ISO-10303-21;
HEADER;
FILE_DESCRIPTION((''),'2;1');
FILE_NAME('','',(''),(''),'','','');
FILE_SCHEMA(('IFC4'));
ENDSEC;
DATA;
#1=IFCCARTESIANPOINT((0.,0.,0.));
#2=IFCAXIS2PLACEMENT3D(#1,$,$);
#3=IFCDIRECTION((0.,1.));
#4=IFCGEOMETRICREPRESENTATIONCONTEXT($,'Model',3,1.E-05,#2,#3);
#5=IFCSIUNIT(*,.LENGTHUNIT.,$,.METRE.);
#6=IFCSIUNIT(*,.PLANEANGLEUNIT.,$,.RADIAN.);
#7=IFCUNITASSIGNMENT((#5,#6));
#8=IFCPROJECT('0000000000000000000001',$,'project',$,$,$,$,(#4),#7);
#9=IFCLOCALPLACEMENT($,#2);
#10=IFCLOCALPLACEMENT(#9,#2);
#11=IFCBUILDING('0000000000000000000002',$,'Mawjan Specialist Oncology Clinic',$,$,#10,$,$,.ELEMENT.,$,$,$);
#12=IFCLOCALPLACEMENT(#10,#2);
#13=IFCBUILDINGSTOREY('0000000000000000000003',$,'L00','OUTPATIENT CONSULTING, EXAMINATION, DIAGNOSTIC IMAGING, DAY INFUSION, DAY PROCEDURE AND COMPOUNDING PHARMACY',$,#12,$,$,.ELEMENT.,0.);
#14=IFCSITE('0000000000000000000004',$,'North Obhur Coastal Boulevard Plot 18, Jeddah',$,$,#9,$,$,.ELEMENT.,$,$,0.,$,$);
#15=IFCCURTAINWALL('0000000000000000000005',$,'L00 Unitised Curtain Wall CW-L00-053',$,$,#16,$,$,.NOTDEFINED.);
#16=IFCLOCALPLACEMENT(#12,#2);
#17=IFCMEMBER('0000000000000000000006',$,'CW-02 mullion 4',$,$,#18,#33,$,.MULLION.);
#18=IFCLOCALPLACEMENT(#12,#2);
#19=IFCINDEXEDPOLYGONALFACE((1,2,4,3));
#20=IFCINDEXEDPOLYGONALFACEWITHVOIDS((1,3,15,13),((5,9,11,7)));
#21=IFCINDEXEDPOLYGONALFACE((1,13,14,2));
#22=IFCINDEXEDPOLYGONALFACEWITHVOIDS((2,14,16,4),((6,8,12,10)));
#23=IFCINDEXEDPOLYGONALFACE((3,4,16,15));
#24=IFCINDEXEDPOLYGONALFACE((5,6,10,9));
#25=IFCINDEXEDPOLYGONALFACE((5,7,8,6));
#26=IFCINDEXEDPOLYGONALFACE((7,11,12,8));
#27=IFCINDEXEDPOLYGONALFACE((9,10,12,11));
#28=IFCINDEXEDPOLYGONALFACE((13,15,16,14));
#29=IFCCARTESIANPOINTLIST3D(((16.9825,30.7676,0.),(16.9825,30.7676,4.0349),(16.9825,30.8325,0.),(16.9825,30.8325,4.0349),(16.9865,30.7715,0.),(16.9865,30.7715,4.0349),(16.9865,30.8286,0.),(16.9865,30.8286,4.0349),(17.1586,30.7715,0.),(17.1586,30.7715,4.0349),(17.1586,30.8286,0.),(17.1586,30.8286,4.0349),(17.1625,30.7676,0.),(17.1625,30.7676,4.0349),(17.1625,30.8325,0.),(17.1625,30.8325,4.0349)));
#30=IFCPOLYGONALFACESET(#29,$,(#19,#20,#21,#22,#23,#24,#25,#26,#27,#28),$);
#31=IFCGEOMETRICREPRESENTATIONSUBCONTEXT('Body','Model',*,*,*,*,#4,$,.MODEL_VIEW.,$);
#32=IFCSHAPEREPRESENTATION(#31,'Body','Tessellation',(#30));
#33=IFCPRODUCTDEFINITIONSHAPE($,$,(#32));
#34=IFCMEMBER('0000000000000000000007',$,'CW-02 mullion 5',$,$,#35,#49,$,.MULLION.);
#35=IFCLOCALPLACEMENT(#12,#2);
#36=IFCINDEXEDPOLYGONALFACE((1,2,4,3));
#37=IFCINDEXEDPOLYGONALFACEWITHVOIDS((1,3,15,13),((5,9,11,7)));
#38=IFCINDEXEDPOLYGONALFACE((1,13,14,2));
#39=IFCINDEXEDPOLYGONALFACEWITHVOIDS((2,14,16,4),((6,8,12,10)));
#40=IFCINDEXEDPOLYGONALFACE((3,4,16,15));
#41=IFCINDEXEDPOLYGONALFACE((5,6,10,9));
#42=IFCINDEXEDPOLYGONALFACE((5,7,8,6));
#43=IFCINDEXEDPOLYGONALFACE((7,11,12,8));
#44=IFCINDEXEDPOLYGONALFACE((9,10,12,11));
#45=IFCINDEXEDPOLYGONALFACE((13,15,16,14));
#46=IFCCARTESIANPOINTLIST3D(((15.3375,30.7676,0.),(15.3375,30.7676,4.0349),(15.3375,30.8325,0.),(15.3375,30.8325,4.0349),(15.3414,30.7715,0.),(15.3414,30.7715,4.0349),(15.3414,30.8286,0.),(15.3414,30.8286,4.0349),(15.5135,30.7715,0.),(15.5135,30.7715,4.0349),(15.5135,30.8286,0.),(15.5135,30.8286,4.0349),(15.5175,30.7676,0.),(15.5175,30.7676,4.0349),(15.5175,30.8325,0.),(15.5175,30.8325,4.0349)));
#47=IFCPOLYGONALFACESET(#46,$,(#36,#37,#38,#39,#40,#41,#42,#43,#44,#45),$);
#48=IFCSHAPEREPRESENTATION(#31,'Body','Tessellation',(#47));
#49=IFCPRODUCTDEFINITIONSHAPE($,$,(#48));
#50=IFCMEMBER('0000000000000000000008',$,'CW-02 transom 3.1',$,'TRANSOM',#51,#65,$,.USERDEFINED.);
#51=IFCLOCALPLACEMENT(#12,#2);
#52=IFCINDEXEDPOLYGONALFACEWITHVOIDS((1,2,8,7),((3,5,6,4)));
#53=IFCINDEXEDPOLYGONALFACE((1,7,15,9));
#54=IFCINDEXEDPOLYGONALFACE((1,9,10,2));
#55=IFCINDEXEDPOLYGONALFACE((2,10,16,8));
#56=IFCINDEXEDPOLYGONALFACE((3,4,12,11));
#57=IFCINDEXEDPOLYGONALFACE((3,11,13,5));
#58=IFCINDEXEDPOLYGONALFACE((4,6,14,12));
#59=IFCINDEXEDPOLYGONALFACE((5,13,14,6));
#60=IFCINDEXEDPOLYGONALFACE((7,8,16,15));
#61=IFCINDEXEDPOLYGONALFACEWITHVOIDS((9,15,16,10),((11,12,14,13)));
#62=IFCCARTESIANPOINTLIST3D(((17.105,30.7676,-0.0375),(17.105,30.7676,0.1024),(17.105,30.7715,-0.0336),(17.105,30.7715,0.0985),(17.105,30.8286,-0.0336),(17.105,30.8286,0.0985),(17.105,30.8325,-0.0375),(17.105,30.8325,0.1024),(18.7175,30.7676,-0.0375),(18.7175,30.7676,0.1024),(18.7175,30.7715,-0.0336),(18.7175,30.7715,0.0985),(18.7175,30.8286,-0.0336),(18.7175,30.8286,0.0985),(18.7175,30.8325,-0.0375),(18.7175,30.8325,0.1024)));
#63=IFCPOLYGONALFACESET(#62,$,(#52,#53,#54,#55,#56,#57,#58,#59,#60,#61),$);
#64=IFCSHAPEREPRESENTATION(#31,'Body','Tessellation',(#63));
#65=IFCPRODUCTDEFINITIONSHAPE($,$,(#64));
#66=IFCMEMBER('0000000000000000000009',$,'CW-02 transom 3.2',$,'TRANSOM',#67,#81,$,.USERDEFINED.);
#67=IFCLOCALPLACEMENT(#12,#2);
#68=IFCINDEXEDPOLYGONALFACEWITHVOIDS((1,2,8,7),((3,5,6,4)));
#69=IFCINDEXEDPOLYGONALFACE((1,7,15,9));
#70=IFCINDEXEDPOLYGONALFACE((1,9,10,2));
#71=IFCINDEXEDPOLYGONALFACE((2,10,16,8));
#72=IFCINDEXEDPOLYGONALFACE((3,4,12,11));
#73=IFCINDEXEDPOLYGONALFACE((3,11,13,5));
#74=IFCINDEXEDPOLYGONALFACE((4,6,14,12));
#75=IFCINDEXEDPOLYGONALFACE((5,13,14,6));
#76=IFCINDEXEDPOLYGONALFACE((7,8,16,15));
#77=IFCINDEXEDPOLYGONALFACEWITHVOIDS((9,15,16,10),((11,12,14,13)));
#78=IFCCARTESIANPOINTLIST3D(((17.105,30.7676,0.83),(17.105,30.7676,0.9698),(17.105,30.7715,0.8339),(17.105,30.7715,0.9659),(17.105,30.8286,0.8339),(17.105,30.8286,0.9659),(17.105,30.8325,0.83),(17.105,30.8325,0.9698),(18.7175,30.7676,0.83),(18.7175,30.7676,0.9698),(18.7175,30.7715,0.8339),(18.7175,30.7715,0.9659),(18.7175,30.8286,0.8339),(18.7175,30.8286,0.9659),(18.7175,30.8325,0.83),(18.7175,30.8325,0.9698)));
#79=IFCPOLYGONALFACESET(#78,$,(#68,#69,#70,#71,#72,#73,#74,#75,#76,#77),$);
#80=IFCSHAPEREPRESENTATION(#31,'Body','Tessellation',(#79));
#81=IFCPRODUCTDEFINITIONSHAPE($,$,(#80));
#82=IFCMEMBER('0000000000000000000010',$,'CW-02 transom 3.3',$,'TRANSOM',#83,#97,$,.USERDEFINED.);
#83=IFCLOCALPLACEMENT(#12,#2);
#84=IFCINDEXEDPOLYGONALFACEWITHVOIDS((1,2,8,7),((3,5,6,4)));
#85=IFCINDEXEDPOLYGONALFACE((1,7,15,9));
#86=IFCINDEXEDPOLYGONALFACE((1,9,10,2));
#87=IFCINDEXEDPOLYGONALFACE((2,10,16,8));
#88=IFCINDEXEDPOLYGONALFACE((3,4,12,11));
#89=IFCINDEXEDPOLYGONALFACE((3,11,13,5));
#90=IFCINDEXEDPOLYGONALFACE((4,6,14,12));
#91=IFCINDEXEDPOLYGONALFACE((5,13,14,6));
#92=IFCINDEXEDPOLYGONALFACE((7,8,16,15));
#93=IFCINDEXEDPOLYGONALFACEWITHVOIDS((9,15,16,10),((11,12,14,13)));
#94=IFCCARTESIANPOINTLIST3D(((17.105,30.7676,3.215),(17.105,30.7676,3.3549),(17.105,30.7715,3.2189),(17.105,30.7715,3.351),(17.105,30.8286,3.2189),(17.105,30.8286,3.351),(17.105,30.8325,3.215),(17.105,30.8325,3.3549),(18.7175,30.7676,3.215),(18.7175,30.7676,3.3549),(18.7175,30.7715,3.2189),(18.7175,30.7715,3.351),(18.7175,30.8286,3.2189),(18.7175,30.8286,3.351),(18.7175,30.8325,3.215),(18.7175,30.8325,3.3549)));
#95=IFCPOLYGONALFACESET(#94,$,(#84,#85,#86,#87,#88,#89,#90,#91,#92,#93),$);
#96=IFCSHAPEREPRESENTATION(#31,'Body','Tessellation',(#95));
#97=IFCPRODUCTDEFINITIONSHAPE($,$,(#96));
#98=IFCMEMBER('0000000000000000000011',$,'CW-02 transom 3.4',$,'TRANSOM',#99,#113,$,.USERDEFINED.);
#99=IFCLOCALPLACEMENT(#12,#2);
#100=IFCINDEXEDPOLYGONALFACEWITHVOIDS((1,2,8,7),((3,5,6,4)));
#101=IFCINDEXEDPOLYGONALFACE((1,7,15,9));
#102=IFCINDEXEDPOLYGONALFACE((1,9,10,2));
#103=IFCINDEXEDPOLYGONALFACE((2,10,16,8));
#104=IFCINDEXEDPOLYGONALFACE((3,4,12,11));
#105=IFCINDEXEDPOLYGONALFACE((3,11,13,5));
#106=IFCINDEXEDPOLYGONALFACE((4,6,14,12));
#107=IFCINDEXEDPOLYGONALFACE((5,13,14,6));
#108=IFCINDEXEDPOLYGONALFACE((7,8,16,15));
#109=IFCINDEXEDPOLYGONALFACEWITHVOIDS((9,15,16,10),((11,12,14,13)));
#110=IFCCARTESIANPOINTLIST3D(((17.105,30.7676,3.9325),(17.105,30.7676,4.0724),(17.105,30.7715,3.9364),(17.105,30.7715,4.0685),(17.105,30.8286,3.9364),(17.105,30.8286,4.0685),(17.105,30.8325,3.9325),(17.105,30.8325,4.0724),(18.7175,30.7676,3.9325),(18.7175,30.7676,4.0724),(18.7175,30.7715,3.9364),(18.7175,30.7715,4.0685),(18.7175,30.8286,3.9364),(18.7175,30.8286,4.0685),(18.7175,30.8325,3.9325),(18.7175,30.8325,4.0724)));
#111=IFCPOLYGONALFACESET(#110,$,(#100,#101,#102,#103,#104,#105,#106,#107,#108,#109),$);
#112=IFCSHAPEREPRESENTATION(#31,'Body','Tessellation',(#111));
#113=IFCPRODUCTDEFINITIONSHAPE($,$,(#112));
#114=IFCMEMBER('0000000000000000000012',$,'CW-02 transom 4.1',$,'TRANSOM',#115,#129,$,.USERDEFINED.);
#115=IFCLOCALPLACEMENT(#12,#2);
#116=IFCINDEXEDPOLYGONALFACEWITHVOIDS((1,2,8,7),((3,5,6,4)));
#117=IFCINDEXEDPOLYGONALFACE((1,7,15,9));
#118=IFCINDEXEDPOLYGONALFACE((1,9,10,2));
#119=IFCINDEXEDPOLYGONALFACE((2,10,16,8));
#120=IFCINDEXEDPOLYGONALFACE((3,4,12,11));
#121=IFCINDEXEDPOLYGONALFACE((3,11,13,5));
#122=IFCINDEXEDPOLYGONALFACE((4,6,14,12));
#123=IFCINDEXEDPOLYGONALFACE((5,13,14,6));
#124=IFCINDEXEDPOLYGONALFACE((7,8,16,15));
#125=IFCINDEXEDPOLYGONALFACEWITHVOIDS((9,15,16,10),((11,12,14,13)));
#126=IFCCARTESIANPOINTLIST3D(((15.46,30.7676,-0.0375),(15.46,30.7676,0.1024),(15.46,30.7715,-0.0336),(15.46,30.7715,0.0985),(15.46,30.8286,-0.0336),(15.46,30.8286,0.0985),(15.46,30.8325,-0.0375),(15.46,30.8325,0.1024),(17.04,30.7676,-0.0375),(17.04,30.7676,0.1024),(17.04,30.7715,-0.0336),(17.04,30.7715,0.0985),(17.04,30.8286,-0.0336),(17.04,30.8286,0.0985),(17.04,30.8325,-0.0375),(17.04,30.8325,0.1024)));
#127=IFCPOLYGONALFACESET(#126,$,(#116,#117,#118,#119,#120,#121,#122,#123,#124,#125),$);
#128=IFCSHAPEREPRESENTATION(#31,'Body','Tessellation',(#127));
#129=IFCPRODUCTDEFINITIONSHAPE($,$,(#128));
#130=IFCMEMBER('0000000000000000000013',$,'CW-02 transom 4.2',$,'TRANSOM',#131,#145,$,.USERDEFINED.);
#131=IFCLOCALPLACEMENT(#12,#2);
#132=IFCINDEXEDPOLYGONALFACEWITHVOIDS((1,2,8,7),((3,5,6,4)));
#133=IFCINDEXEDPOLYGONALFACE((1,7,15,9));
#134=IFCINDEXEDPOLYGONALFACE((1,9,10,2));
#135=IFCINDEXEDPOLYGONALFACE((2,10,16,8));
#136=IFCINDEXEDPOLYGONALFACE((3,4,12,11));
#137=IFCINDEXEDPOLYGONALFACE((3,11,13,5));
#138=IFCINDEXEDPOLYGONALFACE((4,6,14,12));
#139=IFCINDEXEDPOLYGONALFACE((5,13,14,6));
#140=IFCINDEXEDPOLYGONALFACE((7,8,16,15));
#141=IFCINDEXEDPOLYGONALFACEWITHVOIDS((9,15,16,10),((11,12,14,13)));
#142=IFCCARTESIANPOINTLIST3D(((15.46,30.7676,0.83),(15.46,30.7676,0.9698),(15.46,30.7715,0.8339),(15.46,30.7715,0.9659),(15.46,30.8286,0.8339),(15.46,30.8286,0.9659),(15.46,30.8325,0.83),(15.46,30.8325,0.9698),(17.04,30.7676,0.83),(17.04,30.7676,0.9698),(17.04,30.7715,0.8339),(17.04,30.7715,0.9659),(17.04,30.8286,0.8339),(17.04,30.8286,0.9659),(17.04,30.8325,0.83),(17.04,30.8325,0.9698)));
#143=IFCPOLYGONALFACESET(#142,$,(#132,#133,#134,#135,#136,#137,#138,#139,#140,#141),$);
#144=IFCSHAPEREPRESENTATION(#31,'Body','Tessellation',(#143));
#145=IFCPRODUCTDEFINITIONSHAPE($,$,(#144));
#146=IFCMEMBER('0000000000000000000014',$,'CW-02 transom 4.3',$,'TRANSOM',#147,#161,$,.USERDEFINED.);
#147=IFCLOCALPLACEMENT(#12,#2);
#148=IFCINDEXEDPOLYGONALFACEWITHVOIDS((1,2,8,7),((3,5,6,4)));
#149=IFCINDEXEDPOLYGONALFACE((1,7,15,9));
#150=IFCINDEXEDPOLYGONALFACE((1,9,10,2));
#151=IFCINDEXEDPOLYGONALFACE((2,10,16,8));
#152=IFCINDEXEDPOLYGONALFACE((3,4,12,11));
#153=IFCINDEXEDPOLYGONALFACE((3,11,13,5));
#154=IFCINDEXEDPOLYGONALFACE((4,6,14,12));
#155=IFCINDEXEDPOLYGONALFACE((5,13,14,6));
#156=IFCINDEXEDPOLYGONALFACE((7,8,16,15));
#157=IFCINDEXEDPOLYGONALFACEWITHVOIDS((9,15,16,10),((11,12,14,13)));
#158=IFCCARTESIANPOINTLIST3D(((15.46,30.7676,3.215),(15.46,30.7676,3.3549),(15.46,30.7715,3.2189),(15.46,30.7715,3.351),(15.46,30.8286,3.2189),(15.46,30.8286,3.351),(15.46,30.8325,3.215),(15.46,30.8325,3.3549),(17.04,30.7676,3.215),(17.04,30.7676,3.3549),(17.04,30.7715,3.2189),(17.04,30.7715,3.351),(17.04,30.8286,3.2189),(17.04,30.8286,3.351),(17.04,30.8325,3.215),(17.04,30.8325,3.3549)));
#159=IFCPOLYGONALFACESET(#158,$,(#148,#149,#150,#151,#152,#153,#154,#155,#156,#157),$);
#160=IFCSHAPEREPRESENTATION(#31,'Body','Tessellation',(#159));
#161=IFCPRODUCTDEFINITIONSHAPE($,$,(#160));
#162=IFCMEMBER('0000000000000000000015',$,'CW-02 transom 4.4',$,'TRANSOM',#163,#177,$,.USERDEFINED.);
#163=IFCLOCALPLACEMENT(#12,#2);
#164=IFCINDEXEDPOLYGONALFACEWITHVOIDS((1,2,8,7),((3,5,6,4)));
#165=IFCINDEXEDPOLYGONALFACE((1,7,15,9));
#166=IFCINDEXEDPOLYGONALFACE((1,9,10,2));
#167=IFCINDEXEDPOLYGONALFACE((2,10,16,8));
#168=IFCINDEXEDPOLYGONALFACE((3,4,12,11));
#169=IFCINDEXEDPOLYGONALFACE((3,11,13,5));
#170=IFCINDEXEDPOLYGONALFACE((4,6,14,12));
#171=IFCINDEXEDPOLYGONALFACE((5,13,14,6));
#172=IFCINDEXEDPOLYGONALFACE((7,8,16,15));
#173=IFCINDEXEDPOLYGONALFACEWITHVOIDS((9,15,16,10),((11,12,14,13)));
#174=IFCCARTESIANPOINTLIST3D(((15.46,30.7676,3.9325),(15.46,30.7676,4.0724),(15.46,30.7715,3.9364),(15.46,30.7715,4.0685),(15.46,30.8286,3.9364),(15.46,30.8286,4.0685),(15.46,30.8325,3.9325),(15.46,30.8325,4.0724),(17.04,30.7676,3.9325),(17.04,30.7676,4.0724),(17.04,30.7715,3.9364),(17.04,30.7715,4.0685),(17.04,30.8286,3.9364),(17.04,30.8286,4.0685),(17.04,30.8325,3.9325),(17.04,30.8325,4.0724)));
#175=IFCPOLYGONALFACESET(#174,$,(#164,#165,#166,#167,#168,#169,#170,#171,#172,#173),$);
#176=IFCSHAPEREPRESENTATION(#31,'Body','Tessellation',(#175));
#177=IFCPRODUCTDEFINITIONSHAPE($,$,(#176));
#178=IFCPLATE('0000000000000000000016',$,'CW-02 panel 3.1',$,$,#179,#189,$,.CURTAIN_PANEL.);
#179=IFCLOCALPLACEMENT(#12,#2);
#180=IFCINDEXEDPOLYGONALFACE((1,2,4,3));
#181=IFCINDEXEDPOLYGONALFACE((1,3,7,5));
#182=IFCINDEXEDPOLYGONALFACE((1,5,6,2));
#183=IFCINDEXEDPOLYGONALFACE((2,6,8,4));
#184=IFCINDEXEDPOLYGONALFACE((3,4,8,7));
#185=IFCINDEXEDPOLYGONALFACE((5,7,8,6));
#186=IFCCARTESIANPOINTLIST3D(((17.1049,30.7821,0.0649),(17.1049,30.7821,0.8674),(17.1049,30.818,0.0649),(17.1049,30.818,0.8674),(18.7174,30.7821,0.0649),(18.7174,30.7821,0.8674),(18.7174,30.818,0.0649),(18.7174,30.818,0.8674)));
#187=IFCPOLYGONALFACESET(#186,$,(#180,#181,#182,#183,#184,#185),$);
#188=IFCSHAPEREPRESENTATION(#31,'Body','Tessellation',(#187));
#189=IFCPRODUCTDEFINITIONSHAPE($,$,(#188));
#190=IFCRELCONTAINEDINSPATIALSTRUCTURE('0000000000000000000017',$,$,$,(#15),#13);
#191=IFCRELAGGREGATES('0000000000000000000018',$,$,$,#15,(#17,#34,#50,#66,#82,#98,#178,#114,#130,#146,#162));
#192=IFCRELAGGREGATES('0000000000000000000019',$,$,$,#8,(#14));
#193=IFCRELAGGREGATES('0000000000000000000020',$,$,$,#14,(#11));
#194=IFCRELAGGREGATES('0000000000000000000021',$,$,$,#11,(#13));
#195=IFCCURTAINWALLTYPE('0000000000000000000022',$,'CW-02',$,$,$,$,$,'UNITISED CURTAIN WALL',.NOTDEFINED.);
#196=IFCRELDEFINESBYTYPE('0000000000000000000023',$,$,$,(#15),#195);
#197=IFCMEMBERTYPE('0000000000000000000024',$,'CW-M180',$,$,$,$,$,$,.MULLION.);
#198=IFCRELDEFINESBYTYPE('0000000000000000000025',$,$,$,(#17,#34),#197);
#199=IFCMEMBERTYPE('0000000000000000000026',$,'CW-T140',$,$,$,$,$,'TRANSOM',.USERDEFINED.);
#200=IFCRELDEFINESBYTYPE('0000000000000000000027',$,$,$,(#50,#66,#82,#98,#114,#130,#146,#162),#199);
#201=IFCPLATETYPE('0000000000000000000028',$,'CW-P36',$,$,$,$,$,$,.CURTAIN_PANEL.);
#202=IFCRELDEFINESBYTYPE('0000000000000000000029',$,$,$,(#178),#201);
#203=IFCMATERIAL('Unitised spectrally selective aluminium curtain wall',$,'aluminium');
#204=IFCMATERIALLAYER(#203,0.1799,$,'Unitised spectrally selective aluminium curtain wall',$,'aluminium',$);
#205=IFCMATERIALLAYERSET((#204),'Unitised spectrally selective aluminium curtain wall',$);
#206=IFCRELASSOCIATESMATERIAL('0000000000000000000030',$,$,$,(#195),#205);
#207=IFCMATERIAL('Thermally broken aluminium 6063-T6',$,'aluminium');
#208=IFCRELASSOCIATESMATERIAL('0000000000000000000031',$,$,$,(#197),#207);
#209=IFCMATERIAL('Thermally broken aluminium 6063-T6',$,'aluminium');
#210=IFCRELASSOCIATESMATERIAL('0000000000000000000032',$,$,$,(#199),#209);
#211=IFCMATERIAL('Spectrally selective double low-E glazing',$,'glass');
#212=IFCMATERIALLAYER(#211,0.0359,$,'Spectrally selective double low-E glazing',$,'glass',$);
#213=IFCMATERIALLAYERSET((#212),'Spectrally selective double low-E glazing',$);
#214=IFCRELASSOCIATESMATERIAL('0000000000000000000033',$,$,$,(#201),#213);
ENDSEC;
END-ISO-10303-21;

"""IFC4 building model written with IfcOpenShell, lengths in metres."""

from ifc_helpers import new_model, si_unit, direction, frame, origin, origin_2d, place, context, subcontext, project, spatial, rectangle, hollow_rectangle, extrude, material, layer, layer_set, material_profile, profile_set, type_object, element, aggregate, save


model = new_model("IFC4")

# Units and contexts
model_context = context("Model", 3, precision=1e-05, world=origin(), true_north=direction((0.0, 1.0)))
body_context = subcontext(model_context, "Body", "Model", "MODEL_VIEW")
ifc_project = project(units=[si_unit("LENGTHUNIT", "METRE"), si_unit("PLANEANGLEUNIT", "RADIAN")], contexts=[model_context])

# Site, building, storey
site_placement = place(None, origin())
site = spatial("IfcSite", under=ifc_project, at=site_placement, Name="North Obhur Coastal Boulevard Plot 18, Jeddah", CompositionType="ELEMENT", RefElevation=0.0)
building_placement = place(site_placement, origin())
building = spatial("IfcBuilding", under=site, at=building_placement, Name="Mawjan Specialist Oncology Clinic", CompositionType="ELEMENT")
storey_placement = place(building_placement, origin())
storey = spatial("IfcBuildingStorey", under=building, at=storey_placement, Name="L00", Description="OUTPATIENT CONSULTING, EXAMINATION, DIAGNOSTIC IMAGING, DAY INFUSION, DAY PROCEDURE AND COMPOUNDING PHARMACY", CompositionType="ELEMENT", Elevation=0.0)

# Curtain wall, members, plate
ifc_material_1 = material(Name="Unitised spectrally selective aluminium curtain wall", Category="aluminium")
ifc_layer_1 = layer(ifc_material_1, 0.1799, Name="Unitised spectrally selective aluminium curtain wall", Category="aluminium")
ifc_layer_set_1 = layer_set([ifc_layer_1], Name="Unitised spectrally selective aluminium curtain wall")
curtain_wall_type = type_object("IfcCurtainWallType", Name="CW-02", ElementType="UNITISED CURTAIN WALL", PredefinedType="NOTDEFINED", material=ifc_layer_set_1)
curtain_wall_placement = place(storey_placement, origin())
curtain_wall = element("IfcCurtainWall", 1, at=curtain_wall_placement, inside=storey, type_object=curtain_wall_type, Name="L00 Unitised Curtain Wall CW-L00-053", PredefinedType="NOTDEFINED")
ifc_material_2 = material(Name="Thermally broken aluminium 6063-T6", Category="aluminium")
ifc_material_profile_1 = material_profile(ifc_material_2, hollow_rectangle(XDim=0.0649, YDim=0.1799, WallThickness=0.0039, at=origin_2d()), Name="ALU MULLION 180x65x4", Category="aluminium")
ifc_profile_set_1 = profile_set([ifc_material_profile_1], Name="Thermally broken aluminium 6063-T6")
member_type_1 = type_object("IfcMemberType", Name="CW-M180", PredefinedType="MULLION", material=ifc_profile_set_1)
member_1_placement = place(storey_placement, frame((17.0725, 30.8, 0.0), z_axis=(0.0, 0.0, 1.0), x_axis=(0.0, -1.0, 0.0)))
member_1 = element("IfcMember", 2, at=member_1_placement, type_object=member_type_1, Name="CW-02 mullion 4", PredefinedType="MULLION", context=body_context, shape_type="SweptSolid", body=[
    extrude(hollow_rectangle(XDim=0.0649, YDim=0.1799, WallThickness=0.0039, at=origin_2d()), origin(), (0.0, 0.0, 1.0), 4.0349),
])
member_2_placement = place(storey_placement, frame((15.4275, 30.8, 0.0), z_axis=(0.0, 0.0, 1.0), x_axis=(0.0, -1.0, 0.0)))
member_2 = element("IfcMember", 3, at=member_2_placement, type_object=member_type_1, Name="CW-02 mullion 5", PredefinedType="MULLION", context=body_context, shape_type="SweptSolid", body=[
    extrude(hollow_rectangle(XDim=0.0649, YDim=0.1799, WallThickness=0.0039, at=origin_2d()), origin(), (0.0, 0.0, 1.0), 4.0349),
])
ifc_material_3 = material(Name="Thermally broken aluminium 6063-T6", Category="aluminium")
ifc_material_profile_2 = material_profile(ifc_material_3, hollow_rectangle(XDim=0.0649, YDim=0.1399, WallThickness=0.0039, at=origin_2d()), Name="ALU TRANSOM 140x65x4", Category="aluminium")
ifc_profile_set_2 = profile_set([ifc_material_profile_2], Name="Thermally broken aluminium 6063-T6")
member_type_2 = type_object("IfcMemberType", Name="CW-T140", ElementType="TRANSOM", PredefinedType="USERDEFINED", material=ifc_profile_set_2)
member_3_placement = place(storey_placement, frame((18.7175, 30.8, 0.0325), z_axis=(-1.0, 0.0, 0.0), x_axis=(0.0, -1.0, 0.0)))
member_3 = element("IfcMember", 4, at=member_3_placement, type_object=member_type_2, Name="CW-02 transom 3.1", ObjectType="TRANSOM", PredefinedType="USERDEFINED", context=body_context, shape_type="SweptSolid", body=[
    extrude(hollow_rectangle(XDim=0.0649, YDim=0.1399, WallThickness=0.0039, at=origin_2d()), origin(), (0.0, 0.0, 1.0), 1.6125),
])
member_4_placement = place(storey_placement, frame((18.7175, 30.8, 0.8999), z_axis=(-1.0, 0.0, 0.0), x_axis=(0.0, -1.0, 0.0)))
member_4 = element("IfcMember", 5, at=member_4_placement, type_object=member_type_2, Name="CW-02 transom 3.2", ObjectType="TRANSOM", PredefinedType="USERDEFINED", context=body_context, shape_type="SweptSolid", body=[
    extrude(hollow_rectangle(XDim=0.0649, YDim=0.1399, WallThickness=0.0039, at=origin_2d()), origin(), (0.0, 0.0, 1.0), 1.6125),
])
member_5_placement = place(storey_placement, frame((18.7175, 30.8, 3.2849), z_axis=(-1.0, 0.0, 0.0), x_axis=(0.0, -1.0, 0.0)))
member_5 = element("IfcMember", 6, at=member_5_placement, type_object=member_type_2, Name="CW-02 transom 3.3", ObjectType="TRANSOM", PredefinedType="USERDEFINED", context=body_context, shape_type="SweptSolid", body=[
    extrude(hollow_rectangle(XDim=0.0649, YDim=0.1399, WallThickness=0.0039, at=origin_2d()), origin(), (0.0, 0.0, 1.0), 1.6125),
])
member_6_placement = place(storey_placement, frame((18.7175, 30.8, 4.0024), z_axis=(-1.0, 0.0, 0.0), x_axis=(0.0, -1.0, 0.0)))
member_6 = element("IfcMember", 7, at=member_6_placement, type_object=member_type_2, Name="CW-02 transom 3.4", ObjectType="TRANSOM", PredefinedType="USERDEFINED", context=body_context, shape_type="SweptSolid", body=[
    extrude(hollow_rectangle(XDim=0.0649, YDim=0.1399, WallThickness=0.0039, at=origin_2d()), origin(), (0.0, 0.0, 1.0), 1.6125),
])
member_7_placement = place(storey_placement, frame((17.04, 30.8, 0.0325), z_axis=(-1.0, 0.0, 0.0), x_axis=(0.0, -1.0, 0.0)))
member_7 = element("IfcMember", 8, at=member_7_placement, type_object=member_type_2, Name="CW-02 transom 4.1", ObjectType="TRANSOM", PredefinedType="USERDEFINED", context=body_context, shape_type="SweptSolid", body=[
    extrude(hollow_rectangle(XDim=0.0649, YDim=0.1399, WallThickness=0.0039, at=origin_2d()), origin(), (0.0, 0.0, 1.0), 1.5801),
])
member_8_placement = place(storey_placement, frame((17.04, 30.8, 0.8999), z_axis=(-1.0, 0.0, 0.0), x_axis=(0.0, -1.0, 0.0)))
member_8 = element("IfcMember", 9, at=member_8_placement, type_object=member_type_2, Name="CW-02 transom 4.2", ObjectType="TRANSOM", PredefinedType="USERDEFINED", context=body_context, shape_type="SweptSolid", body=[
    extrude(hollow_rectangle(XDim=0.0649, YDim=0.1399, WallThickness=0.0039, at=origin_2d()), origin(), (0.0, 0.0, 1.0), 1.5801),
])
member_9_placement = place(storey_placement, frame((17.04, 30.8, 3.2849), z_axis=(-1.0, 0.0, 0.0), x_axis=(0.0, -1.0, 0.0)))
member_9 = element("IfcMember", 10, at=member_9_placement, type_object=member_type_2, Name="CW-02 transom 4.3", ObjectType="TRANSOM", PredefinedType="USERDEFINED", context=body_context, shape_type="SweptSolid", body=[
    extrude(hollow_rectangle(XDim=0.0649, YDim=0.1399, WallThickness=0.0039, at=origin_2d()), origin(), (0.0, 0.0, 1.0), 1.5801),
])
member_10_placement = place(storey_placement, frame((17.04, 30.8, 4.0024), z_axis=(-1.0, 0.0, 0.0), x_axis=(0.0, -1.0, 0.0)))
member_10 = element("IfcMember", 11, at=member_10_placement, type_object=member_type_2, Name="CW-02 transom 4.4", ObjectType="TRANSOM", PredefinedType="USERDEFINED", context=body_context, shape_type="SweptSolid", body=[
    extrude(hollow_rectangle(XDim=0.0649, YDim=0.1399, WallThickness=0.0039, at=origin_2d()), origin(), (0.0, 0.0, 1.0), 1.5801),
])
ifc_material_4 = material(Name="Spectrally selective double low-E glazing", Category="glass")
ifc_layer_2 = layer(ifc_material_4, 0.0359, Name="Spectrally selective double low-E glazing", Category="glass")
ifc_layer_set_2 = layer_set([ifc_layer_2], Name="Spectrally selective double low-E glazing")
plate_type = type_object("IfcPlateType", Name="CW-P36", PredefinedType="CURTAIN_PANEL", material=ifc_layer_set_2)
plate_1_placement = place(storey_placement, frame((17.9111, 30.8, 0.0649), z_axis=(0.0, 0.0, 1.0), x_axis=(-1.0, 0.0, 0.0)))
plate_1 = element("IfcPlate", 12, at=plate_1_placement, type_object=plate_type, Name="CW-02 panel 3.1", PredefinedType="CURTAIN_PANEL", context=body_context, shape_type="SweptSolid", body=[
    extrude(rectangle(XDim=1.6125, YDim=0.0359, at=origin_2d()), origin(), (0.0, 0.0, 1.0), 0.8025),
])
aggregate(curtain_wall, [member_1, member_2, member_3, member_4, member_5, member_6, plate_1, member_7, member_8, member_9, member_10])

save(model, "model.ifc")
